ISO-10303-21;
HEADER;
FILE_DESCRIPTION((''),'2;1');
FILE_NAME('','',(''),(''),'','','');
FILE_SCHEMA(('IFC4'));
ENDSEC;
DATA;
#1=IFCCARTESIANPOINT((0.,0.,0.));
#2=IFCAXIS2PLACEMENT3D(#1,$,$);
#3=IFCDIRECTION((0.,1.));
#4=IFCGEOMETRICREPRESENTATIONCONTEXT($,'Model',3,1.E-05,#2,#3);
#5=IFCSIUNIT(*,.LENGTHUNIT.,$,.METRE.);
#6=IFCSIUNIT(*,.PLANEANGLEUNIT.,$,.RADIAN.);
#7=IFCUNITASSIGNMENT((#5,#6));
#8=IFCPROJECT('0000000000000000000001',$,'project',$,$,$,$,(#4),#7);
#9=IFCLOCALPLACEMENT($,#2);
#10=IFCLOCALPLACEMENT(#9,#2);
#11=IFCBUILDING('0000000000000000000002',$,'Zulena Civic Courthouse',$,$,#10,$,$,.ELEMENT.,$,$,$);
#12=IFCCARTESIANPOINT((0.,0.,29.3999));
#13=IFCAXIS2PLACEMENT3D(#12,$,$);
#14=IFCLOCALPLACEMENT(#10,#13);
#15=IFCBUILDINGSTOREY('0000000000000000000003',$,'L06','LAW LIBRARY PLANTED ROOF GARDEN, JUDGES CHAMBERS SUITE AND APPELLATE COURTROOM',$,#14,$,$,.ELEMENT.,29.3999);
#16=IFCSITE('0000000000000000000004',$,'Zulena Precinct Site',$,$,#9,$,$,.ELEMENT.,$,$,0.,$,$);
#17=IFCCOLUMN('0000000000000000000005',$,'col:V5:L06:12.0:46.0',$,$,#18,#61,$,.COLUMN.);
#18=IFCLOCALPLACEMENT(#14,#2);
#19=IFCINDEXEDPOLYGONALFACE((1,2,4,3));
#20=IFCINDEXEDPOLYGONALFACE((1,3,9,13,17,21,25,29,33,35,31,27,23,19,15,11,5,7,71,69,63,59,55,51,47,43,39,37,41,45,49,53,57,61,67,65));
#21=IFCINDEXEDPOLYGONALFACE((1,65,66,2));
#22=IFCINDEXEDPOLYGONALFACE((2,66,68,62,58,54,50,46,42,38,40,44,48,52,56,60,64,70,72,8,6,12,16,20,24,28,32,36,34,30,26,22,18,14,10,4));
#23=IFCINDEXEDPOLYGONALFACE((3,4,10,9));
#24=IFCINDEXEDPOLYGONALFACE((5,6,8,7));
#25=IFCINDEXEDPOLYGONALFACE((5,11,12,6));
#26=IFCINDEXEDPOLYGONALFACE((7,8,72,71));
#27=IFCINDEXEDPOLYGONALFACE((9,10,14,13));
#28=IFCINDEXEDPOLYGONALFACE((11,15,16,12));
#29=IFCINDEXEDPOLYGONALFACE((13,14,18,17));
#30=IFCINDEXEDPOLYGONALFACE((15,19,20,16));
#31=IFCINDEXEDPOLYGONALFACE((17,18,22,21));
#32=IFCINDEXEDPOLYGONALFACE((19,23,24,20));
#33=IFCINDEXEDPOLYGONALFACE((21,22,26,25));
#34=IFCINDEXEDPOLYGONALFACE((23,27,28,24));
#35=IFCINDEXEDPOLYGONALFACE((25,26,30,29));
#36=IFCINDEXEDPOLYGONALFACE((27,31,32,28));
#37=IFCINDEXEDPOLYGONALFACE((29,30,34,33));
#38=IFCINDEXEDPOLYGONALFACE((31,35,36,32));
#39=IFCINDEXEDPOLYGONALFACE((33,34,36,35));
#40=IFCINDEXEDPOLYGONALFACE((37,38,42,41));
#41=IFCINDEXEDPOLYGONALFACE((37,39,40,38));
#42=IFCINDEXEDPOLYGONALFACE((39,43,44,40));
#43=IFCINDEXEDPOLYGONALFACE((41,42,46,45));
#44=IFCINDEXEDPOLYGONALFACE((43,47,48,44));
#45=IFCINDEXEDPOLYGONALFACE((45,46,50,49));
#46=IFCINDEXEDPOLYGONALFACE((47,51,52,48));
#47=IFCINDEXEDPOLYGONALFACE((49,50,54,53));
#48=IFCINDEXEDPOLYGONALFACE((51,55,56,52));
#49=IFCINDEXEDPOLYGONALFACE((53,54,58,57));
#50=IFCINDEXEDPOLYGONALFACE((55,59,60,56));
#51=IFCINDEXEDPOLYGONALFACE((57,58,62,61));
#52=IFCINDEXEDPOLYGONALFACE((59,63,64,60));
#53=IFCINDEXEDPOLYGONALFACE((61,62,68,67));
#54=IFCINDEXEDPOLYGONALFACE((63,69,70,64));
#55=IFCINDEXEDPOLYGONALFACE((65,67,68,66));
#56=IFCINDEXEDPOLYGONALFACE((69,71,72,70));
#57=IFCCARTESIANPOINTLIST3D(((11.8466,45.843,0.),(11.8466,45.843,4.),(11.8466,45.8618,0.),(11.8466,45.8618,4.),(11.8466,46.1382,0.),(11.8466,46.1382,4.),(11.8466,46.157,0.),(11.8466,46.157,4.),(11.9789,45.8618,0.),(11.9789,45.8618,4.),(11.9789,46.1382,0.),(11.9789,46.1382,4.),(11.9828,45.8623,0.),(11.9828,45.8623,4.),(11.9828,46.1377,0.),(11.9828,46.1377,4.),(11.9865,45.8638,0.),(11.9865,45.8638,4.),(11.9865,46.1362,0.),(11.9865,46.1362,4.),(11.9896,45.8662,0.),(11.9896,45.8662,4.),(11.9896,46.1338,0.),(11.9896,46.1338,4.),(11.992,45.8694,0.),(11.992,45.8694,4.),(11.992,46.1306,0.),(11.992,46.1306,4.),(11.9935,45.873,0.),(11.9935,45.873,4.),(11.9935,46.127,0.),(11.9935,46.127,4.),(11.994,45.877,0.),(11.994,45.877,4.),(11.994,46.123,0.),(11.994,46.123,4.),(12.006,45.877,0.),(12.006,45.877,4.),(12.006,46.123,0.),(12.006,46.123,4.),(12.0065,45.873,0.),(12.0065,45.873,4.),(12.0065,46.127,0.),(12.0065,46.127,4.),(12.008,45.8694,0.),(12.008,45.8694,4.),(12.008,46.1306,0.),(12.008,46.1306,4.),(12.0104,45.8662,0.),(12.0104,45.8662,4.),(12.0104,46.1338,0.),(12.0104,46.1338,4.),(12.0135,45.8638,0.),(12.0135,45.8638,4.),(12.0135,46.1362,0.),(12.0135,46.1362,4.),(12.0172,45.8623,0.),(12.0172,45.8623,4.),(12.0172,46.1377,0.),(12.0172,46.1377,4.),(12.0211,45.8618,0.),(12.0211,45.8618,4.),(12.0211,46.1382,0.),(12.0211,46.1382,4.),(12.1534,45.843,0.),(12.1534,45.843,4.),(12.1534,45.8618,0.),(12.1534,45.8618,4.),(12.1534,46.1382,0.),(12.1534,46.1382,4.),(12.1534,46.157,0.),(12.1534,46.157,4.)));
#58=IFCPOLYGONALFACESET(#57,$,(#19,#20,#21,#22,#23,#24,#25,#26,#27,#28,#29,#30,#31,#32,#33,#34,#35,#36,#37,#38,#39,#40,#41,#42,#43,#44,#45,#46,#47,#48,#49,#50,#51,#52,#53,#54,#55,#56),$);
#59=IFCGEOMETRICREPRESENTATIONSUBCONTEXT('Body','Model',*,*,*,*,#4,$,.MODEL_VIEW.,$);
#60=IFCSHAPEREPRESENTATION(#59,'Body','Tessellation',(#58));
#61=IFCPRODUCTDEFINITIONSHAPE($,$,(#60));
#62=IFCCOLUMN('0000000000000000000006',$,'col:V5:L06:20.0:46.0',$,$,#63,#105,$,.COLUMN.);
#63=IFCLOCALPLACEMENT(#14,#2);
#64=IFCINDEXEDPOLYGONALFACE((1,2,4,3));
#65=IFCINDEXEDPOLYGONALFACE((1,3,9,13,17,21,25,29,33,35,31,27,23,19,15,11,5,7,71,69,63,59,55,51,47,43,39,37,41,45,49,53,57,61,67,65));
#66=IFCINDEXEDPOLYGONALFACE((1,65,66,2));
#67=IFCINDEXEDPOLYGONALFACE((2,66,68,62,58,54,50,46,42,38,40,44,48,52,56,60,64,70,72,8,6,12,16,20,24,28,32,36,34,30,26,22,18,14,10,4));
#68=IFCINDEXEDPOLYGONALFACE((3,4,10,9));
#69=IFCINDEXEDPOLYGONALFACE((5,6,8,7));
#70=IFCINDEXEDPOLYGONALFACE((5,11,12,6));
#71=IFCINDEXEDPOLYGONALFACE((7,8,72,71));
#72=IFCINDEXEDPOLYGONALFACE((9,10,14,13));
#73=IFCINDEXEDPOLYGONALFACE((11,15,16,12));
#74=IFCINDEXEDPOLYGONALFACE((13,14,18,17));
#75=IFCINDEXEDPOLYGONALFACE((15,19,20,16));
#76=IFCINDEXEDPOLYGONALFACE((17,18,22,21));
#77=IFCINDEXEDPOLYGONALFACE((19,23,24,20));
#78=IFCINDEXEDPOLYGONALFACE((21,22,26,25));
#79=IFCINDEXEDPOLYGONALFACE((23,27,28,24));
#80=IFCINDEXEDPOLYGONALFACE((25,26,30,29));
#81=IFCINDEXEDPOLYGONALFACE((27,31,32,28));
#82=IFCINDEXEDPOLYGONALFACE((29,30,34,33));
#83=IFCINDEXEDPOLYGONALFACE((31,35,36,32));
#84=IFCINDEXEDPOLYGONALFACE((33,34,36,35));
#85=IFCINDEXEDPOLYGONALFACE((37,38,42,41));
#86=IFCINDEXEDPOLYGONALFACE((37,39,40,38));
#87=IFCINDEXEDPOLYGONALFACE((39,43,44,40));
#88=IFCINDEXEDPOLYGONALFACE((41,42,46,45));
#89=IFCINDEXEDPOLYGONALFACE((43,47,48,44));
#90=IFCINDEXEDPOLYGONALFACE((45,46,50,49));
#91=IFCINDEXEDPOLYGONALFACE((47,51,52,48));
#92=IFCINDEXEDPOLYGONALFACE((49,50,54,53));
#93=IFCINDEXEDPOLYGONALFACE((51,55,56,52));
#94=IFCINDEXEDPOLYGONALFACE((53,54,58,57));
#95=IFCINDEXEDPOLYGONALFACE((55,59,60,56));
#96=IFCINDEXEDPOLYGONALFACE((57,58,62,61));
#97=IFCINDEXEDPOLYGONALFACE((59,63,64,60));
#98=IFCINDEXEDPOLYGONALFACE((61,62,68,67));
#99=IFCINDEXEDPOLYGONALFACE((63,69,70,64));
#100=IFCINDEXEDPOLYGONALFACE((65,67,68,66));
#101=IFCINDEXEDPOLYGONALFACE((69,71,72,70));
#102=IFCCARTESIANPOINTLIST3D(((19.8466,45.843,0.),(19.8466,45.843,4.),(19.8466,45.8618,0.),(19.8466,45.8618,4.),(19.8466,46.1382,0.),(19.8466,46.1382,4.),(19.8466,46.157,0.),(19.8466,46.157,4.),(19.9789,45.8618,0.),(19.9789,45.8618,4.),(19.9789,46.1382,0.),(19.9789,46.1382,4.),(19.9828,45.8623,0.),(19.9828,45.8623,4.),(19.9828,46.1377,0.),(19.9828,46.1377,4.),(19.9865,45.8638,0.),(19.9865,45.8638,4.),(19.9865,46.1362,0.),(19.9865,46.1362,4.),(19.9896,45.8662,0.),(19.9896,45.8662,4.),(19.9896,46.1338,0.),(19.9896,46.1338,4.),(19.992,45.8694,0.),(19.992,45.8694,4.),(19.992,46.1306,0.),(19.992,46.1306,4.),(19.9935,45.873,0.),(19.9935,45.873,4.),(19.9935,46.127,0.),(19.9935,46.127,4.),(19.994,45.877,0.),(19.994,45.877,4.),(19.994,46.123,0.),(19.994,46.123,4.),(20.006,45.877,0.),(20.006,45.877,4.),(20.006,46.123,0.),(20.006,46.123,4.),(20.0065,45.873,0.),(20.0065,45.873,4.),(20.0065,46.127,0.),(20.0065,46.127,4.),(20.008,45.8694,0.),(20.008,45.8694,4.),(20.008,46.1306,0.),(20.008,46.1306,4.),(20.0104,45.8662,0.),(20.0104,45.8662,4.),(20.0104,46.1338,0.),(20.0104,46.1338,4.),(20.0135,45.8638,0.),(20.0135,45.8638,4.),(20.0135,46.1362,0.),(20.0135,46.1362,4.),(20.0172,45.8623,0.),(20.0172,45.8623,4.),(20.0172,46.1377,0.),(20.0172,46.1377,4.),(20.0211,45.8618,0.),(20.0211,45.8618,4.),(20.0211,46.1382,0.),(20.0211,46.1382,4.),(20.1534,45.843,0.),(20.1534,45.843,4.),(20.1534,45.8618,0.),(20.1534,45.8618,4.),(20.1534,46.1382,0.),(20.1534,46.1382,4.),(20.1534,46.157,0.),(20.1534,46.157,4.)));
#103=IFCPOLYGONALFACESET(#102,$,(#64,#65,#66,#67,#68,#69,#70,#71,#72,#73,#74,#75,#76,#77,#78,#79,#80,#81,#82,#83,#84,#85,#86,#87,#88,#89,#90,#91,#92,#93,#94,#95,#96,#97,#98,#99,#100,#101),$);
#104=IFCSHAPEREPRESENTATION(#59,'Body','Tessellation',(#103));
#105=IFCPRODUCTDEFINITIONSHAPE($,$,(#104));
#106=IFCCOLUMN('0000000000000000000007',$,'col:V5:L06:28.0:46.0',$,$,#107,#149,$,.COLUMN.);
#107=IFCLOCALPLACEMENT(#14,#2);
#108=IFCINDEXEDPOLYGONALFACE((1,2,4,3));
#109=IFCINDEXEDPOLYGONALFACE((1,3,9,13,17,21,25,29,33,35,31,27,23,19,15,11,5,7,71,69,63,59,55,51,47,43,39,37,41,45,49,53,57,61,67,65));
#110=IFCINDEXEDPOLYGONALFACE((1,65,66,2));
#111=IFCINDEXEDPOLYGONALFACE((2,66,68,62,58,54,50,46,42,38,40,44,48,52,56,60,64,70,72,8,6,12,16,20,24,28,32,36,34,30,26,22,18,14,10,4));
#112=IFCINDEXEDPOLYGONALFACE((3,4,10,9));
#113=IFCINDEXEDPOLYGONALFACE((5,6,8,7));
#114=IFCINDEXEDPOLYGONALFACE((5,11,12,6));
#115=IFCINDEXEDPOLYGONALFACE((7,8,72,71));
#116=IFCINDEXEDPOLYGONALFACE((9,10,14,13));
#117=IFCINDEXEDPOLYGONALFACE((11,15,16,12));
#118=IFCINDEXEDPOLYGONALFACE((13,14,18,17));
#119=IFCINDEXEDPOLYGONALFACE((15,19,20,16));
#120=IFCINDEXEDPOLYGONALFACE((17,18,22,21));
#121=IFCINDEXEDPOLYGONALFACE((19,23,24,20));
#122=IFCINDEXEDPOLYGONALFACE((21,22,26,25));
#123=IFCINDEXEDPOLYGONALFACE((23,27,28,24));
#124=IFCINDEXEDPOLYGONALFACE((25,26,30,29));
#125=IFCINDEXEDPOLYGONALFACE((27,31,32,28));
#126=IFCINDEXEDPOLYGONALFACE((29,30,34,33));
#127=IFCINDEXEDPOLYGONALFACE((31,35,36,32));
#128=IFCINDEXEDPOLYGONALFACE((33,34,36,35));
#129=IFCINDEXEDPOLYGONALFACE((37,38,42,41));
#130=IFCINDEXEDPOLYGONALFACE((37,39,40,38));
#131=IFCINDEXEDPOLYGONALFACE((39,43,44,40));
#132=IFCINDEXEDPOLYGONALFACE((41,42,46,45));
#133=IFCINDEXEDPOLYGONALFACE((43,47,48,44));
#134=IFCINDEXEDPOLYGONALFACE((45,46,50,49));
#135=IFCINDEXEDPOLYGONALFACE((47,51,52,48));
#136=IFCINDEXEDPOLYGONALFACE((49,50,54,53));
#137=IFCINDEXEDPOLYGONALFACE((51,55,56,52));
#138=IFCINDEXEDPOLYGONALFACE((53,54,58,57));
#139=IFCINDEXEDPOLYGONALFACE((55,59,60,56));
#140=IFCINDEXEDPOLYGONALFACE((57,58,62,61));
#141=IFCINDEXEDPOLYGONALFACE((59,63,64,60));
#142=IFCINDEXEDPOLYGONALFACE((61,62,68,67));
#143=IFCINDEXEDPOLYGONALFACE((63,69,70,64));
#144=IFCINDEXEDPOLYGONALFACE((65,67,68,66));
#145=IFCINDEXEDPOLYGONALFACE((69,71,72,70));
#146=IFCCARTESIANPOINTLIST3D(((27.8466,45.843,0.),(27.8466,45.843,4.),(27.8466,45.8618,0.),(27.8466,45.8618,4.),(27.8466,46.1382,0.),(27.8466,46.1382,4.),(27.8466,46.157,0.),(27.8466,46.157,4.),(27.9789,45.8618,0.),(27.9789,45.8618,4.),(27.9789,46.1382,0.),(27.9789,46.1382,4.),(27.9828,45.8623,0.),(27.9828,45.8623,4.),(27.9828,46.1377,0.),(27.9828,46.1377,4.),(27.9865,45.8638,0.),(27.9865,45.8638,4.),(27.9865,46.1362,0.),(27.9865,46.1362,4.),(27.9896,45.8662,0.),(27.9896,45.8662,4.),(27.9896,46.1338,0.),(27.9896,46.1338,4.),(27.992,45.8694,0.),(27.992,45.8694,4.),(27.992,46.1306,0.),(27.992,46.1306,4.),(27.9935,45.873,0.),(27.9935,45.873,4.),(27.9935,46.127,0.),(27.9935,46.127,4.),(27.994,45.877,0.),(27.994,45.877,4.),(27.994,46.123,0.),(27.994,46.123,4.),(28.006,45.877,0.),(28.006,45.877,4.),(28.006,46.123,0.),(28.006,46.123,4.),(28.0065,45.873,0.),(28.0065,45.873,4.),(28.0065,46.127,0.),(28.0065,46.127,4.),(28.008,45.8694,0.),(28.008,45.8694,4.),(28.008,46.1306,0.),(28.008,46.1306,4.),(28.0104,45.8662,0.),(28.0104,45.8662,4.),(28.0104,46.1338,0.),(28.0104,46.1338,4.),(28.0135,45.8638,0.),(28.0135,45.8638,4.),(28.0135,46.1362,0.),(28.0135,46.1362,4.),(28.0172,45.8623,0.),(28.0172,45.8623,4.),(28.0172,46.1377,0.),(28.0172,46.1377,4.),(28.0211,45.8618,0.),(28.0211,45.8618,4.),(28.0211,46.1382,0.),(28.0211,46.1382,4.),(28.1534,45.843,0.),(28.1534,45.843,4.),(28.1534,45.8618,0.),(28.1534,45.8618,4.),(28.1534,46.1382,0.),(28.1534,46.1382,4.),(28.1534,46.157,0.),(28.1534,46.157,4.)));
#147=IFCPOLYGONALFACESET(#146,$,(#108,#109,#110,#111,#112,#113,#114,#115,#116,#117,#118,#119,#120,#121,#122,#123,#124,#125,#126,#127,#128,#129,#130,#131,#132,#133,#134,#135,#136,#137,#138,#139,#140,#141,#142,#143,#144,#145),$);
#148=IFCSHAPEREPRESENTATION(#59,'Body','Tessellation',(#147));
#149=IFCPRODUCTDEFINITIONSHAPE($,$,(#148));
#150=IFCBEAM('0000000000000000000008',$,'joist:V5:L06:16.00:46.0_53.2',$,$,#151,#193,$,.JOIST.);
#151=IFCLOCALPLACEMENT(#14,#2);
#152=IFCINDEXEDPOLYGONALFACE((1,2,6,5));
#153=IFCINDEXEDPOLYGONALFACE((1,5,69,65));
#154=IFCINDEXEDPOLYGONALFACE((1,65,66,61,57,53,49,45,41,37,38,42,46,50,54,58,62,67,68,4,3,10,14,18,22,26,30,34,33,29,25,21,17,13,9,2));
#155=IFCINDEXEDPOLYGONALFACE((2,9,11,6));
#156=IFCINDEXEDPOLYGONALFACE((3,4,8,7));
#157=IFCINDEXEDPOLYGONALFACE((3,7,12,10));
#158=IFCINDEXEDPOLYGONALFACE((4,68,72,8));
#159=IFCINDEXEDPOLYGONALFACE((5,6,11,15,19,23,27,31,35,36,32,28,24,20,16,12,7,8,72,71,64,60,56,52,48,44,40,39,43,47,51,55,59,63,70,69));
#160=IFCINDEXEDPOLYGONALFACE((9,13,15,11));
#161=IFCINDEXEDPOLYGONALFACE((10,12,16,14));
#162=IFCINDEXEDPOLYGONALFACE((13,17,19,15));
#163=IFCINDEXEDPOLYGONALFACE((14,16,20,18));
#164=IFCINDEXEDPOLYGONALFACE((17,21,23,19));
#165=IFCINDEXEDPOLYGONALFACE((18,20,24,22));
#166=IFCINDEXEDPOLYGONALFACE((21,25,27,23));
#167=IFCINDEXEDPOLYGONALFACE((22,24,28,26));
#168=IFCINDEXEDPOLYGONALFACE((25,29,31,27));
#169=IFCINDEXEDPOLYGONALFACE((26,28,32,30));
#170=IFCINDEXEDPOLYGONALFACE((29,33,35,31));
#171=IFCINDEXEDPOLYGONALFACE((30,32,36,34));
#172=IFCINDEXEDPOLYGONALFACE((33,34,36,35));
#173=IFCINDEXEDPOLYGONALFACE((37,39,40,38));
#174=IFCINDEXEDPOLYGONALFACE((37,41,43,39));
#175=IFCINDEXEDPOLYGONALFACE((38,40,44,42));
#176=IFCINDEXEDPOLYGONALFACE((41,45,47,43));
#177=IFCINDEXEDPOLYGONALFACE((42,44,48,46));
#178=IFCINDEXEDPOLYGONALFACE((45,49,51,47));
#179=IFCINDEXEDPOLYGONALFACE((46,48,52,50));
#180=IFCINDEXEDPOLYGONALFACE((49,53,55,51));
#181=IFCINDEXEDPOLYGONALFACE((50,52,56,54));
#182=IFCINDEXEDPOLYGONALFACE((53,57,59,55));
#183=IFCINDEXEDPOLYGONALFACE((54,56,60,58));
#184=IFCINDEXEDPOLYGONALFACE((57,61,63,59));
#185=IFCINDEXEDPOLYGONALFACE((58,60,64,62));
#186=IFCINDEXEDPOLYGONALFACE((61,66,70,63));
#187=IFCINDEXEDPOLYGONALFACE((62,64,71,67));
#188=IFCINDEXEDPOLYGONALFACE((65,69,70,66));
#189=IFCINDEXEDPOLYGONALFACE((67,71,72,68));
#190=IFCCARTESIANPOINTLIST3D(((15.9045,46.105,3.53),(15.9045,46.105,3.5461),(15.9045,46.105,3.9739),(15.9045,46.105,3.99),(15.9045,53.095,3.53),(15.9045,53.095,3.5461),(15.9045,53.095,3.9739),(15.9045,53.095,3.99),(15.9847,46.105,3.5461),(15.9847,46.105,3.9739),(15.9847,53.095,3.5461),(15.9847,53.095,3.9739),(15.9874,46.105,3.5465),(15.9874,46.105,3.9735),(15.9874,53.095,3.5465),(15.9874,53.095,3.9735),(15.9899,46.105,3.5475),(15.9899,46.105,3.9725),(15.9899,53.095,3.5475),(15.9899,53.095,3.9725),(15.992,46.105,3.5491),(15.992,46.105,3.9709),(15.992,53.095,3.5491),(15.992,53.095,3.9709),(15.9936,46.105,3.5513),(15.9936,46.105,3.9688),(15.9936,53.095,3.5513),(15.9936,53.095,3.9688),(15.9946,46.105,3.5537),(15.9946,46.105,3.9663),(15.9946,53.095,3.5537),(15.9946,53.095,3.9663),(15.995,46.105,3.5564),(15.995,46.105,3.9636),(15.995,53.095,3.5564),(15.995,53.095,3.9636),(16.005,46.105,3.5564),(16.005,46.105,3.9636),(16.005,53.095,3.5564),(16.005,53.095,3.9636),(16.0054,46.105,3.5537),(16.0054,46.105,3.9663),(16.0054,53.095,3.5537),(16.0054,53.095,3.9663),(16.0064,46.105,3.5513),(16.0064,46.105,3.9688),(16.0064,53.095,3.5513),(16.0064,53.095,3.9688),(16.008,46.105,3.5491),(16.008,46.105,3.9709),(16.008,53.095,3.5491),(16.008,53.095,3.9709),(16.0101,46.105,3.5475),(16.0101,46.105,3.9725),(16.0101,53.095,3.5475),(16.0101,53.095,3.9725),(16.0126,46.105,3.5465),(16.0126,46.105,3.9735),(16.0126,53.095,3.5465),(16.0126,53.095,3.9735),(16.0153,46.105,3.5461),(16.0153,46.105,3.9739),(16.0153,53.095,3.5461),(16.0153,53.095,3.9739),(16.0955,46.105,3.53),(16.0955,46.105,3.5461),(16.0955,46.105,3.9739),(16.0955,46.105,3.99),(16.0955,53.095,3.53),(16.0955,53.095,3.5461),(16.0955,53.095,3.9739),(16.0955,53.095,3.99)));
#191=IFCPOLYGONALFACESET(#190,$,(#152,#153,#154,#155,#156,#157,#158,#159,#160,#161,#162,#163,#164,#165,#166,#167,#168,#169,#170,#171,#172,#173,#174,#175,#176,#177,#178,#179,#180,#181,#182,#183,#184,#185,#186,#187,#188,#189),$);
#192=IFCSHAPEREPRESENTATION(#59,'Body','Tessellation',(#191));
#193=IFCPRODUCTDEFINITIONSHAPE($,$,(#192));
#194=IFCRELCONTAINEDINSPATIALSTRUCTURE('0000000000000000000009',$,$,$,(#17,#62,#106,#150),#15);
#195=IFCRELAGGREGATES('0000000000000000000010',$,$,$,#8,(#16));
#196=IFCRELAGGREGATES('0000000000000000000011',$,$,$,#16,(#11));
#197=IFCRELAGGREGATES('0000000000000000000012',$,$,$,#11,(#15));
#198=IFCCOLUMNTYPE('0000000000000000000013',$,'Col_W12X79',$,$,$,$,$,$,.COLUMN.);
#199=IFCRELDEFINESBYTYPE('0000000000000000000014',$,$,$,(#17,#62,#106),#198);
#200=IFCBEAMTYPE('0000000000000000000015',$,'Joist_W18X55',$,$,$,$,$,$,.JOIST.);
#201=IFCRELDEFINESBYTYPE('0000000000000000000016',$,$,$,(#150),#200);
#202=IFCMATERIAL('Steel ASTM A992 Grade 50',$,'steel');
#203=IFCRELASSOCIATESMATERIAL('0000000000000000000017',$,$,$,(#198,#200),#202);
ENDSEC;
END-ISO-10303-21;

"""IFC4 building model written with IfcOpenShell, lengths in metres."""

from ifc_helpers import new_model, si_unit, direction, frame, origin, origin_2d, place, context, subcontext, project, spatial, i_section, extrude, material, material_profile, profile_set, type_object, element, save


model = new_model("IFC4")

# Units and contexts
model_context = context("Model", 3, precision=1e-05, world=origin(), true_north=direction((0.0, 1.0)))
body_context = subcontext(model_context, "Body", "Model", "MODEL_VIEW")
ifc_project = project(units=[si_unit("LENGTHUNIT", "METRE"), si_unit("PLANEANGLEUNIT", "RADIAN")], contexts=[model_context])

# Site, building, storey
site_placement = place(None, origin())
site = spatial("IfcSite", under=ifc_project, at=site_placement, Name="Zulena Precinct Site", CompositionType="ELEMENT", RefElevation=0.0)
building_placement = place(site_placement, origin())
building = spatial("IfcBuilding", under=site, at=building_placement, Name="Zulena Civic Courthouse", CompositionType="ELEMENT")
storey_placement = place(building_placement, frame((0.0, 0.0, 29.3999)))
storey = spatial("IfcBuildingStorey", under=building, at=storey_placement, Name="L06", Description="LAW LIBRARY PLANTED ROOF GARDEN, JUDGES CHAMBERS SUITE AND APPELLATE COURTROOM", CompositionType="ELEMENT", Elevation=29.3999)

# Columns
ifc_material_1 = material(Name="Steel ASTM A992 Grade 50", Category="steel")
ifc_material_profile_1 = material_profile(ifc_material_1, i_section(OverallWidth=0.3069, OverallDepth=0.314, WebThickness=0.012, FlangeThickness=0.0188, FilletRadius=0.0151, at=origin_2d()), Name="W12X79")
ifc_profile_set_1 = profile_set([ifc_material_profile_1], Name="Steel ASTM A992 Grade 50")
column_type = type_object("IfcColumnType", Name="Col_W12X79", PredefinedType="COLUMN", material=ifc_profile_set_1)
for number, where, z_axis, x_axis, name in (
    (1, (12.0, 46.0, 0.0), (0.0, 0.0, 1.0), (1.0, 0.0, 0.0), "col:V5:L06:12.0:46.0"),
    (2, (20.0, 46.0, 0.0), (0.0, 0.0, 1.0), (1.0, 0.0, 0.0), "col:V5:L06:20.0:46.0"),
    (3, (28.0, 46.0, 0.0), (0.0, 0.0, 1.0), (1.0, 0.0, 0.0), "col:V5:L06:28.0:46.0"),
):
    element("IfcColumn", number, at=place(storey_placement, frame(where, z_axis=z_axis, x_axis=x_axis)), inside=storey, type_object=column_type, Name=name, PredefinedType="COLUMN", context=body_context, shape_type="SweptSolid", body=[
        extrude(i_section(OverallWidth=0.3069, OverallDepth=0.314, WebThickness=0.012, FlangeThickness=0.0188, FilletRadius=0.0151, at=origin_2d()), origin(), (0.0, 0.0, 1.0), 4.0),
    ])

# Beam
ifc_material_profile_2 = material_profile(ifc_material_1, i_section(OverallWidth=0.1909, OverallDepth=0.46, WebThickness=0.01, FlangeThickness=0.0161, FilletRadius=0.0103, at=origin_2d()), Name="W18X55")
ifc_profile_set_2 = profile_set([ifc_material_profile_2], Name="Steel ASTM A992 Grade 50")
beam_type_1 = type_object("IfcBeamType", Name="Joist_W18X55", PredefinedType="JOIST", material=ifc_profile_set_2)
beam_placement = place(storey_placement, frame((16.0, 46.105, 3.76), z_axis=(0.0, 1.0, 0.0), x_axis=(-1.0, 0.0, 0.0)))
element("IfcBeam", 4, at=beam_placement, inside=storey, type_object=beam_type_1, Name="joist:V5:L06:16.00:46.0_53.2", PredefinedType="JOIST", context=body_context, shape_type="SweptSolid", body=[
    extrude(i_section(OverallWidth=0.1909, OverallDepth=0.46, WebThickness=0.01, FlangeThickness=0.0161, FilletRadius=0.0103, at=origin_2d()), origin(), (0.0, 0.0, 1.0), 6.99),
])

save(model, "model.ifc")
